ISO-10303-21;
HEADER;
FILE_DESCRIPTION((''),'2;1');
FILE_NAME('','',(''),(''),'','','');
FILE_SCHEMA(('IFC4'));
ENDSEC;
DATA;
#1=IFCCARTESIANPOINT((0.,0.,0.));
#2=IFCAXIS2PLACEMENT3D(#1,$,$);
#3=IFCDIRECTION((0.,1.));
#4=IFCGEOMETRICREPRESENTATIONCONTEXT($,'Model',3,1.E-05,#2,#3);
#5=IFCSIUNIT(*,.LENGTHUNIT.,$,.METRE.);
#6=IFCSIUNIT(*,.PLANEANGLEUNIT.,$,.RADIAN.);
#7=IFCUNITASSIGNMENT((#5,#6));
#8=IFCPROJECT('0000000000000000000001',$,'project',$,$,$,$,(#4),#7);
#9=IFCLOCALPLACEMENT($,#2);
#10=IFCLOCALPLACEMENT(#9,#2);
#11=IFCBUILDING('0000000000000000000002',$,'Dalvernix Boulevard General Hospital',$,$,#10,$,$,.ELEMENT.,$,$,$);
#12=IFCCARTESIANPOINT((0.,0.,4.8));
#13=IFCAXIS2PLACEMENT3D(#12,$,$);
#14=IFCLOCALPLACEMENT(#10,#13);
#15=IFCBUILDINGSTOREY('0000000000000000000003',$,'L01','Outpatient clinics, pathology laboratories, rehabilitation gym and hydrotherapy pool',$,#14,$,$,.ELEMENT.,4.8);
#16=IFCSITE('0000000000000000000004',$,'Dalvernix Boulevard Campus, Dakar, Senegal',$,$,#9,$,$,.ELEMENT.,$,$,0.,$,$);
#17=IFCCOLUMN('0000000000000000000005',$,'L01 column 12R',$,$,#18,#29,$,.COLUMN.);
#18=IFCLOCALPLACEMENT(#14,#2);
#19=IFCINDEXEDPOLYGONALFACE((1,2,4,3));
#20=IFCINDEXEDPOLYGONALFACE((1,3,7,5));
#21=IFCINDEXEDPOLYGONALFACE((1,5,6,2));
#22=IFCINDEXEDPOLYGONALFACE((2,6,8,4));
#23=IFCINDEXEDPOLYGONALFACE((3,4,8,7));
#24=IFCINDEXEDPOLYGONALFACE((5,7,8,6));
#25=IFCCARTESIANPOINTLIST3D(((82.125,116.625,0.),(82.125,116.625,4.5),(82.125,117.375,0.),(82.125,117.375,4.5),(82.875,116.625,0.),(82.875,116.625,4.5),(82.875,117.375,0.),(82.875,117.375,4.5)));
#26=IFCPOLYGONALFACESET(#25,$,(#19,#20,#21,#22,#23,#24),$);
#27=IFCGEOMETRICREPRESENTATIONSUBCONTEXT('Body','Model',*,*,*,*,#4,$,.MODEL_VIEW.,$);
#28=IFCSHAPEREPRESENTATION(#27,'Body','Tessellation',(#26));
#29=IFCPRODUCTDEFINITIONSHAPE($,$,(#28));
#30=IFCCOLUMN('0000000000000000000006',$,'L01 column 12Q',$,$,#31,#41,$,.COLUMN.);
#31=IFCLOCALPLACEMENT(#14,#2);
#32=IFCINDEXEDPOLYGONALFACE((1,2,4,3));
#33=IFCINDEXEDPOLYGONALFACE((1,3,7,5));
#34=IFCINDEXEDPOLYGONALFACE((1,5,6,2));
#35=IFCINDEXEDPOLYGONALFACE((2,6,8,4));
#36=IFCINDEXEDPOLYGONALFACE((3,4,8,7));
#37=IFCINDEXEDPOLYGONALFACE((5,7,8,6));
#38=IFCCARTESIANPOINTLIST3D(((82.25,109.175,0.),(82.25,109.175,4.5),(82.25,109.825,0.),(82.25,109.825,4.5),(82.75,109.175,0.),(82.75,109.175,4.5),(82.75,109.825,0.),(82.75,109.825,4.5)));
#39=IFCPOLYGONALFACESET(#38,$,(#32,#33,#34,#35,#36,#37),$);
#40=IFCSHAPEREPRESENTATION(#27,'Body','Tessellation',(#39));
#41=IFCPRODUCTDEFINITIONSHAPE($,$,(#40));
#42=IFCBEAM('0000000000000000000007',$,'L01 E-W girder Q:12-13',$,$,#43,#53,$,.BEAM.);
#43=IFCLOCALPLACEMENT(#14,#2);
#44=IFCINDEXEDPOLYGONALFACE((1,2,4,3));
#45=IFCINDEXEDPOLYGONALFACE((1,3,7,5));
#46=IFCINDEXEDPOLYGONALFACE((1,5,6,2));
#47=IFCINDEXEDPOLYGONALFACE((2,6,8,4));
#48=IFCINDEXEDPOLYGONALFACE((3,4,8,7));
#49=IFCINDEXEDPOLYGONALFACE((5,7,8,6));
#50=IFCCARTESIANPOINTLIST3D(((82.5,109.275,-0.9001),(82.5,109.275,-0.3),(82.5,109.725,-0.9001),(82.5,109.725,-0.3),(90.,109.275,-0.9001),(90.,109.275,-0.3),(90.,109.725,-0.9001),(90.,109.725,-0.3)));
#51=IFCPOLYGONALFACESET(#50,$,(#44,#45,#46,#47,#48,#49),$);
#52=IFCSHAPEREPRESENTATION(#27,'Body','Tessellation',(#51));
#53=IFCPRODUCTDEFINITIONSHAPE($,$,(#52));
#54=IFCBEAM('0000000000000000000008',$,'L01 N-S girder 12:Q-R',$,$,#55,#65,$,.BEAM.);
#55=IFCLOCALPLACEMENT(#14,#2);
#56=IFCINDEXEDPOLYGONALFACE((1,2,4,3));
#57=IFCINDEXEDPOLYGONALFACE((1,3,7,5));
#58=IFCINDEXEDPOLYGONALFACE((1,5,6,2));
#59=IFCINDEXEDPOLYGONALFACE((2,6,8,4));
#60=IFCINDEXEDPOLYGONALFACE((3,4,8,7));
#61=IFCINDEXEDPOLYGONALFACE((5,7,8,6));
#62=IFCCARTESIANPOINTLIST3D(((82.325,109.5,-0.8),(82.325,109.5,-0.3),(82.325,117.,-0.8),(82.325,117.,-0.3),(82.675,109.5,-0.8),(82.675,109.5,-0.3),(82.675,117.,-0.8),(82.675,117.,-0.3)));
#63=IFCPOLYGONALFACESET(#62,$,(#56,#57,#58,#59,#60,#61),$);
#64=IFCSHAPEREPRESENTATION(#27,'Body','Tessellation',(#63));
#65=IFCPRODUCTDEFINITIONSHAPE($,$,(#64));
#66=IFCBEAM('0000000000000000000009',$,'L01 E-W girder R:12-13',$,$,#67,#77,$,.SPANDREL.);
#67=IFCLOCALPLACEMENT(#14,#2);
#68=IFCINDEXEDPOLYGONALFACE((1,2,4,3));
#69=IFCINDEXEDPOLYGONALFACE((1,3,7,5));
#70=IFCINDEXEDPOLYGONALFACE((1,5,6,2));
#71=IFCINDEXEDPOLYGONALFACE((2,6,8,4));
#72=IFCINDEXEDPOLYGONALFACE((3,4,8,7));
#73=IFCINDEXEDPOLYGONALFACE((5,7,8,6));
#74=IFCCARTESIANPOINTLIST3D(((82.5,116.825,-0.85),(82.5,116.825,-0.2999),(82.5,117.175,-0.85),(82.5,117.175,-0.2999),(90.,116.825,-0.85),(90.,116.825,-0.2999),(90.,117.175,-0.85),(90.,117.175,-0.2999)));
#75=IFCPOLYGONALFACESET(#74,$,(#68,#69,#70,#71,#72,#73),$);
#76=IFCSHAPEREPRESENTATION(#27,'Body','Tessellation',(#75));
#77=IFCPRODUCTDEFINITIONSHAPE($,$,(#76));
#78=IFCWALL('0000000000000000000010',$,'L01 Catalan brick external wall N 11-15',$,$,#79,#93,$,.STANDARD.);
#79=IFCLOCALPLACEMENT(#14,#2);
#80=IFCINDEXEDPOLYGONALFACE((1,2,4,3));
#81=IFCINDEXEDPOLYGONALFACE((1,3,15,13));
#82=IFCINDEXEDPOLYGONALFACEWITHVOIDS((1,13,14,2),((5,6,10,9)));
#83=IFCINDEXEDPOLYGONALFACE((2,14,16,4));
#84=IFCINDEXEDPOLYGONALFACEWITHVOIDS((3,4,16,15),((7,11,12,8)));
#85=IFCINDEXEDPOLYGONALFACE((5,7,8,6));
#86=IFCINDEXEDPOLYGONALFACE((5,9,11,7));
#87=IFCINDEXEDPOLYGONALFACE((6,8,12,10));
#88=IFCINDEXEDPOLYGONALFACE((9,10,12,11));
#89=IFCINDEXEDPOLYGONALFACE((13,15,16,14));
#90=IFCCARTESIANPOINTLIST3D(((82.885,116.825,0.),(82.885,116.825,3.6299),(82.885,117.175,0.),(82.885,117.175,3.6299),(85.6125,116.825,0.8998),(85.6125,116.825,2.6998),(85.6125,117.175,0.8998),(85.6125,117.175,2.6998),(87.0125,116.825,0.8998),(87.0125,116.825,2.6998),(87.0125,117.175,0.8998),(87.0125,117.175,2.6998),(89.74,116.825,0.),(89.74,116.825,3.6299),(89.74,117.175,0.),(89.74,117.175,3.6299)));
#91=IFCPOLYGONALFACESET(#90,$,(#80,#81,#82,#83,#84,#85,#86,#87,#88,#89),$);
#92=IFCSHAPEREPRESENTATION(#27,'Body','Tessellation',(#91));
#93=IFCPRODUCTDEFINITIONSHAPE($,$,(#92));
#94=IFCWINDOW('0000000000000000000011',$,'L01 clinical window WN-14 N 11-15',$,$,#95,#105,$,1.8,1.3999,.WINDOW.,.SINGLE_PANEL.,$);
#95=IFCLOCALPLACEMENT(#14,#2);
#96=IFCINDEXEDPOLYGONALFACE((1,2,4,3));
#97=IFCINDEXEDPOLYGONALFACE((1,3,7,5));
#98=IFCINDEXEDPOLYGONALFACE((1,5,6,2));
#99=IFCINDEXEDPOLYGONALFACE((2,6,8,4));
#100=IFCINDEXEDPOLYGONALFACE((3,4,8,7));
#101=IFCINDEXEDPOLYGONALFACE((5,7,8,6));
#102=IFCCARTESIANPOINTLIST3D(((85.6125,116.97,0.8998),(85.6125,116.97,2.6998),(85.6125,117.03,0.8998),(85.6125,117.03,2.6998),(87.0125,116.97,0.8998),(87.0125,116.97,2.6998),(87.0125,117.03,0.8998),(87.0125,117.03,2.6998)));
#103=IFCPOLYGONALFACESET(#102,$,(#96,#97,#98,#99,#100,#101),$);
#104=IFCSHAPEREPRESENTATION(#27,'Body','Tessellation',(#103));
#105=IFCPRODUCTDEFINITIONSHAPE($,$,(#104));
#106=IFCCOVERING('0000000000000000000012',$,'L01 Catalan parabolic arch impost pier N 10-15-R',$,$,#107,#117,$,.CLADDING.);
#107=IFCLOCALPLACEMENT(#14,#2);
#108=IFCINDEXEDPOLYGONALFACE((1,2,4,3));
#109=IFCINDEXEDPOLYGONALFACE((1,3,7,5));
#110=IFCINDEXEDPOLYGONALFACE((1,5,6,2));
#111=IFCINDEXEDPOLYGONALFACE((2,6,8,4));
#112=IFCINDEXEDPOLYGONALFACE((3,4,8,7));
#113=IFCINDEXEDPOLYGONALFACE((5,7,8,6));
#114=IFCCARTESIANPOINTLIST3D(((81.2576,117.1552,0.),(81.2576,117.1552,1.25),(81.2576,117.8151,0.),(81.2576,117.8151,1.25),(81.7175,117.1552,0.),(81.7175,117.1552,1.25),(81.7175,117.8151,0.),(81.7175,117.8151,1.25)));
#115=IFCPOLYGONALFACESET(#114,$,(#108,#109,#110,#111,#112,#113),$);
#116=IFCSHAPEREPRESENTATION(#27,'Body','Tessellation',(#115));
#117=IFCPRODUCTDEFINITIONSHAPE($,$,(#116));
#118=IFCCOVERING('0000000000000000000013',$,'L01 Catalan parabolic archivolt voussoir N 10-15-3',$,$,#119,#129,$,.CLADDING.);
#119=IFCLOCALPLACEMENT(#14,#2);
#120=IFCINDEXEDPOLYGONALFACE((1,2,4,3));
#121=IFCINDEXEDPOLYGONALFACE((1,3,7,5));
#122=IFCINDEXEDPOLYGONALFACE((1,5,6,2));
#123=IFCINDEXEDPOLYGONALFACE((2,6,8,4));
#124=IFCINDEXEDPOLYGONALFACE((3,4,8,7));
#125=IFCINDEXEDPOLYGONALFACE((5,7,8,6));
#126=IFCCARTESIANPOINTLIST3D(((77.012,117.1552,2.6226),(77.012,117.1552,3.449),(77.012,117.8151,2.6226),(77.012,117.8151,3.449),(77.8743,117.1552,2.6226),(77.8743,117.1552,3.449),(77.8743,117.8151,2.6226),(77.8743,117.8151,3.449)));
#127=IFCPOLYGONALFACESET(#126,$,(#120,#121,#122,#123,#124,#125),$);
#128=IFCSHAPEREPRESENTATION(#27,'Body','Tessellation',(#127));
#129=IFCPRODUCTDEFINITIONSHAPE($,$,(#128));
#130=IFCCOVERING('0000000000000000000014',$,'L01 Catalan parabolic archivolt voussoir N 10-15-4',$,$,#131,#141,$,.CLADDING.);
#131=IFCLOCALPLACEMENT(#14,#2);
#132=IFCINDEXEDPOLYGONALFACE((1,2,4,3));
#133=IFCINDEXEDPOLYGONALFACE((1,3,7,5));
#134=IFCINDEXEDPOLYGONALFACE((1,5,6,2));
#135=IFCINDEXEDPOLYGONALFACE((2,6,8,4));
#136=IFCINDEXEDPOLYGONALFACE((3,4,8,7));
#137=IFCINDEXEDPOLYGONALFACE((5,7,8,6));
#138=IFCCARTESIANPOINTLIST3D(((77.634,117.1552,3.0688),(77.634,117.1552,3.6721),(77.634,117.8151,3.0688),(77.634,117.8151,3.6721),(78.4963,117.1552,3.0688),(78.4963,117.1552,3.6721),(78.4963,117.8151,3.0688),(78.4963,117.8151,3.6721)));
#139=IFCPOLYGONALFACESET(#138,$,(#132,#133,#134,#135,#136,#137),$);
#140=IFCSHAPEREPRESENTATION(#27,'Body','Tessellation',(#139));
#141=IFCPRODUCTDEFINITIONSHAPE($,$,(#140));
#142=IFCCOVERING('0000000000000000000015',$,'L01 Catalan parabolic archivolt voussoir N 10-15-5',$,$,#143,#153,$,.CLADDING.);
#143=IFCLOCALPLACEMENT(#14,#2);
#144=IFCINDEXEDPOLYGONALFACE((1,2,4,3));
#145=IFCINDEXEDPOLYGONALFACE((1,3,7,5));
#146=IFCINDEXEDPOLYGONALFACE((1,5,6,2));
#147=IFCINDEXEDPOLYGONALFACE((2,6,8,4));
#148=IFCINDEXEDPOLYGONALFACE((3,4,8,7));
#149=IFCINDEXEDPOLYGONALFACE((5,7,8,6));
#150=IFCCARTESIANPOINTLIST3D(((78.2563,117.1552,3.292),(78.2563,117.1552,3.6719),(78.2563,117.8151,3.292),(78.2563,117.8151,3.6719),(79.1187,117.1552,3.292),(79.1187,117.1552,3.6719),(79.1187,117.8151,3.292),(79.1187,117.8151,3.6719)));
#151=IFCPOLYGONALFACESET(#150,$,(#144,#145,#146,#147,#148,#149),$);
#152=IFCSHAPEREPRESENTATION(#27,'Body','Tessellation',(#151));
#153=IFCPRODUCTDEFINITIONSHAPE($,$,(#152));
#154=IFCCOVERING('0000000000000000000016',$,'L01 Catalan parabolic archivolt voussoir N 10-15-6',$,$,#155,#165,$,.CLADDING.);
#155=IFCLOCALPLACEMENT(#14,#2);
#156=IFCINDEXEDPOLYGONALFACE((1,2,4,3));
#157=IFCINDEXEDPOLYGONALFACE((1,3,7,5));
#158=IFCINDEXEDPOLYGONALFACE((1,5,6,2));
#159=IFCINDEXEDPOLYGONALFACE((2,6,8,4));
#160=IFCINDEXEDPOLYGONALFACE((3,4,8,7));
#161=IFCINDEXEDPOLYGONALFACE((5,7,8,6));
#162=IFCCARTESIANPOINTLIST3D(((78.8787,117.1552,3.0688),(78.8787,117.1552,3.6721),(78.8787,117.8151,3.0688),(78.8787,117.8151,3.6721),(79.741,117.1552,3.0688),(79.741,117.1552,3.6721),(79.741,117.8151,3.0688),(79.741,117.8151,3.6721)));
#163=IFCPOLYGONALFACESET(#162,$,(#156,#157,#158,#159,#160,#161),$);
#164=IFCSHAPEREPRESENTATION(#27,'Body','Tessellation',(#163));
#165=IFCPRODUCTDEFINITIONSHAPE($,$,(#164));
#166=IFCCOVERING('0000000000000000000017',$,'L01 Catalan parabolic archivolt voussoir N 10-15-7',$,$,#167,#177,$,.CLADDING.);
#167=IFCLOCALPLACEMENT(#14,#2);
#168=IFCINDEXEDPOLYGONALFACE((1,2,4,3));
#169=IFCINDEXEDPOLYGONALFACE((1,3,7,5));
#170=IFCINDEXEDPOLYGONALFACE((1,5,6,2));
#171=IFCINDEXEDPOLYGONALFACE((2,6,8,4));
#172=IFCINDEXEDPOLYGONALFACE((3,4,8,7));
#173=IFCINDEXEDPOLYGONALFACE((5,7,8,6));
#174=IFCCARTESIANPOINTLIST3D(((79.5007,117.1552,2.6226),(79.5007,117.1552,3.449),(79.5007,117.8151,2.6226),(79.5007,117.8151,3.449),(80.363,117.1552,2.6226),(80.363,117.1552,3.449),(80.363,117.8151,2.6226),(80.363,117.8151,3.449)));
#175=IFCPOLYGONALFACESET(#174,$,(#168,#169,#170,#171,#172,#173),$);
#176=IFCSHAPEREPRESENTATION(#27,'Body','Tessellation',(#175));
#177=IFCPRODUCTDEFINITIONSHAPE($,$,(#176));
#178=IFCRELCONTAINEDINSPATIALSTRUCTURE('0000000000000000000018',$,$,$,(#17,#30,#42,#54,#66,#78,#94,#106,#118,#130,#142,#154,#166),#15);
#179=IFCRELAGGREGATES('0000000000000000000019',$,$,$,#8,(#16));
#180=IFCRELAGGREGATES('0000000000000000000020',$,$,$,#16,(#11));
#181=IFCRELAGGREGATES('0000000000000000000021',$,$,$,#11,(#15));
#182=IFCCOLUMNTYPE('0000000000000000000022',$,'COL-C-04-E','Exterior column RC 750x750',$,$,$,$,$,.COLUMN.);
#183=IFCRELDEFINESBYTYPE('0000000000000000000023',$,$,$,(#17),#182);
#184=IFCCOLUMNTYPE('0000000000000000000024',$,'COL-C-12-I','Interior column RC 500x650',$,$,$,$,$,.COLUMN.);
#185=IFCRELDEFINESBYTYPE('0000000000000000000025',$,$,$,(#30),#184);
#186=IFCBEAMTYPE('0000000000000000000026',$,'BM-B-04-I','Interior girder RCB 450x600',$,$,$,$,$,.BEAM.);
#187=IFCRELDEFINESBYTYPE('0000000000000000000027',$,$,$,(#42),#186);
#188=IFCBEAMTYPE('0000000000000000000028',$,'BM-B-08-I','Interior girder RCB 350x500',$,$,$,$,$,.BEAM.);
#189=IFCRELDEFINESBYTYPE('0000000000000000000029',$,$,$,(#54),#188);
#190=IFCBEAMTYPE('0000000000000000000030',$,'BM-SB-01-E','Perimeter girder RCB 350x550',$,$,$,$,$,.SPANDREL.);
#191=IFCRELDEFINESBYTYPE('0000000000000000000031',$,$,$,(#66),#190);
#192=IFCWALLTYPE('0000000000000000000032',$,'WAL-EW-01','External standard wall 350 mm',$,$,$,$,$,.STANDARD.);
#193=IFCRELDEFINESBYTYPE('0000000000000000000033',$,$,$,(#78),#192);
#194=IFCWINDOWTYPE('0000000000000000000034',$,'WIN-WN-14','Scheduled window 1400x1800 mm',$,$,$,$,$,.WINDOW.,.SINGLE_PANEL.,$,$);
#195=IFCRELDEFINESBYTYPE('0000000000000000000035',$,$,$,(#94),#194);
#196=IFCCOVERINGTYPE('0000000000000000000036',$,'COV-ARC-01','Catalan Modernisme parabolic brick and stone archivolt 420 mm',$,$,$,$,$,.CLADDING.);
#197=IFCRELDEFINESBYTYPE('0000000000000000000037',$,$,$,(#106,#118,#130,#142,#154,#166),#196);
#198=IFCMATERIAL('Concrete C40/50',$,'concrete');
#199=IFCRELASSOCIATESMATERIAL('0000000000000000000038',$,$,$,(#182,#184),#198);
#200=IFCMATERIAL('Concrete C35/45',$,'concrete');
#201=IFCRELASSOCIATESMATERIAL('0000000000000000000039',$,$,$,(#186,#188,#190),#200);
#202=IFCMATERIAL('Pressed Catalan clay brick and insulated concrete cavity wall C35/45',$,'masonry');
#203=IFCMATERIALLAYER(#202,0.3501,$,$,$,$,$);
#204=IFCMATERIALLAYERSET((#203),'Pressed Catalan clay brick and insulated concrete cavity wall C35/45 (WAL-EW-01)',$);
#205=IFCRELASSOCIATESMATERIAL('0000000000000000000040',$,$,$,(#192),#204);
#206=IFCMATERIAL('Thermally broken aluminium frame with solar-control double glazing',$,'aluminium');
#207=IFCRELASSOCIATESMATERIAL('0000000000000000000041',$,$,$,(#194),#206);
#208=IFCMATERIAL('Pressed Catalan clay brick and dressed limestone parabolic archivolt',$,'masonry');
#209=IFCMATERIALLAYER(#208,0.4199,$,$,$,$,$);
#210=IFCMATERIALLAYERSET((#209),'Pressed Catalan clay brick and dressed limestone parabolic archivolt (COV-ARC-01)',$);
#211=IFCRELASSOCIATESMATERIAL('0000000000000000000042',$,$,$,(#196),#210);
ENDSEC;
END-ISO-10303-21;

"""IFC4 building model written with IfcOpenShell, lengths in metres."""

from ifc_helpers import new_model, si_unit, direction, frame, frame_2d, origin, origin_2d, place, context, subcontext, project, spatial, rectangle, extrude, material, layer, layer_set, material_profile, profile_set, type_object, element, fill, save


model = new_model("IFC4")

# Units and contexts
model_context = context("Model", 3, precision=1e-05, world=origin(), true_north=direction((0.0, 1.0)))
body_context = subcontext(model_context, "Body", "Model", "MODEL_VIEW")
ifc_project = project(units=[si_unit("LENGTHUNIT", "METRE"), si_unit("PLANEANGLEUNIT", "RADIAN")], contexts=[model_context])

# Site, building, storey
site_placement = place(None, origin())
site = spatial("IfcSite", under=ifc_project, at=site_placement, Name="Dalvernix Boulevard Campus, Dakar, Senegal", CompositionType="ELEMENT", RefElevation=0.0)
building_placement = place(site_placement, origin())
building = spatial("IfcBuilding", under=site, at=building_placement, Name="Dalvernix Boulevard General Hospital", CompositionType="ELEMENT")
storey_placement = place(building_placement, frame((0.0, 0.0, 4.8)))
storey = spatial("IfcBuildingStorey", under=building, at=storey_placement, Name="L01", Description="Outpatient clinics, pathology laboratories, rehabilitation gym and hydrotherapy pool", CompositionType="ELEMENT", Elevation=4.8)

# Columns
ifc_material_1 = material(Name="Concrete C40/50", Category="concrete")
ifc_material_profile_1 = material_profile(ifc_material_1, rectangle(XDim=0.75, YDim=0.75, at=origin_2d()), Name="RC 750x750")
ifc_profile_set_1 = profile_set([ifc_material_profile_1], Name="Concrete C40/50")
column_type_1 = type_object("IfcColumnType", Name="COL-C-04-E", Description="Exterior column RC 750x750", PredefinedType="COLUMN", material=ifc_profile_set_1)
column_1_placement = place(storey_placement, frame((82.5, 117.0, 0.0), z_axis=(0.0, 0.0, 1.0), x_axis=(1.0, 0.0, 0.0)))
element("IfcColumn", 1, at=column_1_placement, inside=storey, type_object=column_type_1, Name="L01 column 12R", PredefinedType="COLUMN", context=body_context, shape_type="SweptSolid", body=[
    extrude(rectangle(XDim=0.75, YDim=0.75, at=origin_2d()), origin(), (0.0, 0.0, 1.0), 4.5),
])
ifc_material_profile_2 = material_profile(ifc_material_1, rectangle(XDim=0.5, YDim=0.6499, at=origin_2d()), Name="RC 500x650")
ifc_profile_set_2 = profile_set([ifc_material_profile_2], Name="Concrete C40/50")
column_type_2 = type_object("IfcColumnType", Name="COL-C-12-I", Description="Interior column RC 500x650", PredefinedType="COLUMN", material=ifc_profile_set_2)
column_2_placement = place(storey_placement, frame((82.5, 109.5, 0.0), z_axis=(0.0, 0.0, 1.0), x_axis=(1.0, 0.0, 0.0)))
element("IfcColumn", 2, at=column_2_placement, inside=storey, type_object=column_type_2, Name="L01 column 12Q", PredefinedType="COLUMN", context=body_context, shape_type="SweptSolid", body=[
    extrude(rectangle(XDim=0.5, YDim=0.6499, at=origin_2d()), origin(), (0.0, 0.0, 1.0), 4.5),
])

# Beams
ifc_material_2 = material(Name="Concrete C35/45", Category="concrete")
ifc_material_profile_3 = material_profile(ifc_material_2, rectangle(XDim=0.45, YDim=0.6001, at=origin_2d()), Name="RCB 450x600")
ifc_profile_set_3 = profile_set([ifc_material_profile_3], Name="Concrete C35/45")
beam_type_1 = type_object("IfcBeamType", Name="BM-B-04-I", Description="Interior girder RCB 450x600", PredefinedType="BEAM", material=ifc_profile_set_3)
beam_1_placement = place(storey_placement, frame((82.5, 109.5, -0.6001), z_axis=(1.0, 0.0, 0.0), x_axis=(0.0, 1.0, 0.0)))
element("IfcBeam", 3, at=beam_1_placement, inside=storey, type_object=beam_type_1, Name="L01 E-W girder Q:12-13", PredefinedType="BEAM", context=body_context, shape_type="SweptSolid", body=[
    extrude(rectangle(XDim=0.45, YDim=0.6001, at=origin_2d()), origin(), (0.0, 0.0, 1.0), 7.5),
])
ifc_material_profile_4 = material_profile(ifc_material_2, rectangle(XDim=0.3501, YDim=0.5, at=origin_2d()), Name="RCB 350x500")
ifc_profile_set_4 = profile_set([ifc_material_profile_4], Name="Concrete C35/45")
beam_type_2 = type_object("IfcBeamType", Name="BM-B-08-I", Description="Interior girder RCB 350x500", PredefinedType="BEAM", material=ifc_profile_set_4)
beam_2_placement = place(storey_placement, frame((82.5, 109.5, -0.55), z_axis=(0.0, 1.0, 0.0), x_axis=(-1.0, 0.0, 0.0)))
element("IfcBeam", 4, at=beam_2_placement, inside=storey, type_object=beam_type_2, Name="L01 N-S girder 12:Q-R", PredefinedType="BEAM", context=body_context, shape_type="SweptSolid", body=[
    extrude(rectangle(XDim=0.3501, YDim=0.5, at=origin_2d()), origin(), (0.0, 0.0, 1.0), 7.5),
])
ifc_material_profile_5 = material_profile(ifc_material_2, rectangle(XDim=0.3501, YDim=0.55, at=origin_2d()), Name="RCB 350x550")
ifc_profile_set_5 = profile_set([ifc_material_profile_5], Name="Concrete C35/45")
beam_type_3 = type_object("IfcBeamType", Name="BM-SB-01-E", Description="Perimeter girder RCB 350x550", PredefinedType="SPANDREL", material=ifc_profile_set_5)
beam_3_placement = place(storey_placement, frame((82.5, 117.0, -0.575), z_axis=(1.0, 0.0, 0.0), x_axis=(0.0, 1.0, 0.0)))
element("IfcBeam", 5, at=beam_3_placement, inside=storey, type_object=beam_type_3, Name="L01 E-W girder R:12-13", PredefinedType="SPANDREL", context=body_context, shape_type="SweptSolid", body=[
    extrude(rectangle(XDim=0.3501, YDim=0.55, at=origin_2d()), origin(), (0.0, 0.0, 1.0), 7.5),
])

# Wall, opening, window
ifc_material_3 = material(Name="Pressed Catalan clay brick and insulated concrete cavity wall C35/45", Category="masonry")
ifc_layer_1 = layer(ifc_material_3, 0.3501)
ifc_layer_set_1 = layer_set([ifc_layer_1], Name="Pressed Catalan clay brick and insulated concrete cavity wall C35/45 (WAL-EW-01)")
wall_type = type_object("IfcWallType", Name="WAL-EW-01", Description="External standard wall 350 mm", PredefinedType="STANDARD", material=ifc_layer_set_1)
wall_placement = place(storey_placement, frame((82.885, 117.0, 0.0), z_axis=(0.0, 0.0, 1.0), x_axis=(1.0, 0.0, 0.0)))
wall = element("IfcWall", 6, at=wall_placement, inside=storey, type_object=wall_type, Name="L01 Catalan brick external wall N 11-15", PredefinedType="STANDARD", context=body_context, shape_type="SweptSolid", body=[
    extrude(rectangle(XDim=6.855, YDim=0.3501, at=frame_2d((3.4275, 0.0))), origin(), (0.0, 0.0, 1.0), 3.6299),
])
opening_placement = place(wall_placement, frame((2.7275, 0.0, 0.8999)))
opening = element("IfcOpeningElement", 7, at=opening_placement, cuts=wall, PredefinedType="OPENING", context=body_context, shape_type="SweptSolid", body=[
    extrude(rectangle(XDim=1.3999, YDim=1.8, at=frame_2d((0.7, 0.8999))), frame((0.0, 0.1851, 0.0), z_axis=(0.0, -1.0, 0.0), x_axis=(1.0, 0.0, 0.0)), (0.0, 0.0, 1.0), 0.3701),
])
ifc_material_4 = material(Name="Thermally broken aluminium frame with solar-control double glazing", Category="aluminium")
window_type = type_object("IfcWindowType", Name="WIN-WN-14", Description="Scheduled window 1400x1800 mm", PartitioningType="SINGLE_PANEL", PredefinedType="WINDOW", material=ifc_material_4)
window_placement = place(opening_placement, origin())
window = element("IfcWindow", 8, at=window_placement, inside=storey, type_object=window_type, Name="L01 clinical window WN-14 N 11-15", OverallHeight=1.8, OverallWidth=1.3999, PartitioningType="SINGLE_PANEL", PredefinedType="WINDOW", context=body_context, shape_type="SweptSolid", body=[
    extrude(rectangle(XDim=1.3999, YDim=1.8, at=frame_2d((0.7, 0.8999))), frame((0.0, 0.03, 0.0), z_axis=(0.0, -1.0, 0.0), x_axis=(1.0, 0.0, 0.0)), (0.0, 0.0, 1.0), 0.0601),
])
fill(opening, window)

# Coverings
ifc_material_5 = material(Name="Pressed Catalan clay brick and dressed limestone parabolic archivolt", Category="masonry")
ifc_layer_2 = layer(ifc_material_5, 0.4199)
ifc_layer_set_2 = layer_set([ifc_layer_2], Name="Pressed Catalan clay brick and dressed limestone parabolic archivolt (COV-ARC-01)")
covering_type_1 = type_object("IfcCoveringType", Name="COV-ARC-01", Description="Catalan Modernisme parabolic brick and stone archivolt 420 mm", PredefinedType="CLADDING", material=ifc_layer_set_2)
covering_1_placement = place(storey_placement, frame((81.4875, 117.4851, 0.0), z_axis=(0.0, 0.0, 1.0), x_axis=(1.0, 0.0, 0.0)))
element("IfcCovering", 9, at=covering_1_placement, inside=storey, type_object=covering_type_1, Name="L01 Catalan parabolic arch impost pier N 10-15-R", PredefinedType="CLADDING", context=body_context, shape_type="SweptSolid", body=[
    extrude(rectangle(XDim=0.46, YDim=0.6599, at=origin_2d()), origin(), (0.0, 0.0, 1.0), 1.25),
])
covering_2_placement = place(storey_placement, frame((77.4431, 117.4851, 2.6226), z_axis=(0.0, 0.0, 1.0), x_axis=(1.0, 0.0, 0.0)))
element("IfcCovering", 10, at=covering_2_placement, inside=storey, type_object=covering_type_1, Name="L01 Catalan parabolic archivolt voussoir N 10-15-3", PredefinedType="CLADDING", context=body_context, shape_type="SweptSolid", body=[
    extrude(rectangle(XDim=0.8623, YDim=0.6599, at=origin_2d()), origin(), (0.0, 0.0, 1.0), 0.8264),
])
covering_3_placement = place(storey_placement, frame((78.0652, 117.4851, 3.0688), z_axis=(0.0, 0.0, 1.0), x_axis=(1.0, 0.0, 0.0)))
element("IfcCovering", 11, at=covering_3_placement, inside=storey, type_object=covering_type_1, Name="L01 Catalan parabolic archivolt voussoir N 10-15-4", PredefinedType="CLADDING", context=body_context, shape_type="SweptSolid", body=[
    extrude(rectangle(XDim=0.8623, YDim=0.6599, at=origin_2d()), origin(), (0.0, 0.0, 1.0), 0.6033),
])
covering_4_placement = place(storey_placement, frame((78.6875, 117.4851, 3.292), z_axis=(0.0, 0.0, 1.0), x_axis=(1.0, 0.0, 0.0)))
element("IfcCovering", 12, at=covering_4_placement, inside=storey, type_object=covering_type_1, Name="L01 Catalan parabolic archivolt voussoir N 10-15-5", PredefinedType="CLADDING", context=body_context, shape_type="SweptSolid", body=[
    extrude(rectangle(XDim=0.8623, YDim=0.6599, at=origin_2d()), origin(), (0.0, 0.0, 1.0), 0.3799),
])
covering_5_placement = place(storey_placement, frame((79.3098, 117.4851, 3.0688), z_axis=(0.0, 0.0, 1.0), x_axis=(1.0, 0.0, 0.0)))
element("IfcCovering", 13, at=covering_5_placement, inside=storey, type_object=covering_type_1, Name="L01 Catalan parabolic archivolt voussoir N 10-15-6", PredefinedType="CLADDING", context=body_context, shape_type="SweptSolid", body=[
    extrude(rectangle(XDim=0.8623, YDim=0.6599, at=origin_2d()), origin(), (0.0, 0.0, 1.0), 0.6033),
])
covering_6_placement = place(storey_placement, frame((79.9319, 117.4851, 2.6226), z_axis=(0.0, 0.0, 1.0), x_axis=(1.0, 0.0, 0.0)))
element("IfcCovering", 14, at=covering_6_placement, inside=storey, type_object=covering_type_1, Name="L01 Catalan parabolic archivolt voussoir N 10-15-7", PredefinedType="CLADDING", context=body_context, shape_type="SweptSolid", body=[
    extrude(rectangle(XDim=0.8623, YDim=0.6599, at=origin_2d()), origin(), (0.0, 0.0, 1.0), 0.8264),
])

save(model, "model.ifc")
